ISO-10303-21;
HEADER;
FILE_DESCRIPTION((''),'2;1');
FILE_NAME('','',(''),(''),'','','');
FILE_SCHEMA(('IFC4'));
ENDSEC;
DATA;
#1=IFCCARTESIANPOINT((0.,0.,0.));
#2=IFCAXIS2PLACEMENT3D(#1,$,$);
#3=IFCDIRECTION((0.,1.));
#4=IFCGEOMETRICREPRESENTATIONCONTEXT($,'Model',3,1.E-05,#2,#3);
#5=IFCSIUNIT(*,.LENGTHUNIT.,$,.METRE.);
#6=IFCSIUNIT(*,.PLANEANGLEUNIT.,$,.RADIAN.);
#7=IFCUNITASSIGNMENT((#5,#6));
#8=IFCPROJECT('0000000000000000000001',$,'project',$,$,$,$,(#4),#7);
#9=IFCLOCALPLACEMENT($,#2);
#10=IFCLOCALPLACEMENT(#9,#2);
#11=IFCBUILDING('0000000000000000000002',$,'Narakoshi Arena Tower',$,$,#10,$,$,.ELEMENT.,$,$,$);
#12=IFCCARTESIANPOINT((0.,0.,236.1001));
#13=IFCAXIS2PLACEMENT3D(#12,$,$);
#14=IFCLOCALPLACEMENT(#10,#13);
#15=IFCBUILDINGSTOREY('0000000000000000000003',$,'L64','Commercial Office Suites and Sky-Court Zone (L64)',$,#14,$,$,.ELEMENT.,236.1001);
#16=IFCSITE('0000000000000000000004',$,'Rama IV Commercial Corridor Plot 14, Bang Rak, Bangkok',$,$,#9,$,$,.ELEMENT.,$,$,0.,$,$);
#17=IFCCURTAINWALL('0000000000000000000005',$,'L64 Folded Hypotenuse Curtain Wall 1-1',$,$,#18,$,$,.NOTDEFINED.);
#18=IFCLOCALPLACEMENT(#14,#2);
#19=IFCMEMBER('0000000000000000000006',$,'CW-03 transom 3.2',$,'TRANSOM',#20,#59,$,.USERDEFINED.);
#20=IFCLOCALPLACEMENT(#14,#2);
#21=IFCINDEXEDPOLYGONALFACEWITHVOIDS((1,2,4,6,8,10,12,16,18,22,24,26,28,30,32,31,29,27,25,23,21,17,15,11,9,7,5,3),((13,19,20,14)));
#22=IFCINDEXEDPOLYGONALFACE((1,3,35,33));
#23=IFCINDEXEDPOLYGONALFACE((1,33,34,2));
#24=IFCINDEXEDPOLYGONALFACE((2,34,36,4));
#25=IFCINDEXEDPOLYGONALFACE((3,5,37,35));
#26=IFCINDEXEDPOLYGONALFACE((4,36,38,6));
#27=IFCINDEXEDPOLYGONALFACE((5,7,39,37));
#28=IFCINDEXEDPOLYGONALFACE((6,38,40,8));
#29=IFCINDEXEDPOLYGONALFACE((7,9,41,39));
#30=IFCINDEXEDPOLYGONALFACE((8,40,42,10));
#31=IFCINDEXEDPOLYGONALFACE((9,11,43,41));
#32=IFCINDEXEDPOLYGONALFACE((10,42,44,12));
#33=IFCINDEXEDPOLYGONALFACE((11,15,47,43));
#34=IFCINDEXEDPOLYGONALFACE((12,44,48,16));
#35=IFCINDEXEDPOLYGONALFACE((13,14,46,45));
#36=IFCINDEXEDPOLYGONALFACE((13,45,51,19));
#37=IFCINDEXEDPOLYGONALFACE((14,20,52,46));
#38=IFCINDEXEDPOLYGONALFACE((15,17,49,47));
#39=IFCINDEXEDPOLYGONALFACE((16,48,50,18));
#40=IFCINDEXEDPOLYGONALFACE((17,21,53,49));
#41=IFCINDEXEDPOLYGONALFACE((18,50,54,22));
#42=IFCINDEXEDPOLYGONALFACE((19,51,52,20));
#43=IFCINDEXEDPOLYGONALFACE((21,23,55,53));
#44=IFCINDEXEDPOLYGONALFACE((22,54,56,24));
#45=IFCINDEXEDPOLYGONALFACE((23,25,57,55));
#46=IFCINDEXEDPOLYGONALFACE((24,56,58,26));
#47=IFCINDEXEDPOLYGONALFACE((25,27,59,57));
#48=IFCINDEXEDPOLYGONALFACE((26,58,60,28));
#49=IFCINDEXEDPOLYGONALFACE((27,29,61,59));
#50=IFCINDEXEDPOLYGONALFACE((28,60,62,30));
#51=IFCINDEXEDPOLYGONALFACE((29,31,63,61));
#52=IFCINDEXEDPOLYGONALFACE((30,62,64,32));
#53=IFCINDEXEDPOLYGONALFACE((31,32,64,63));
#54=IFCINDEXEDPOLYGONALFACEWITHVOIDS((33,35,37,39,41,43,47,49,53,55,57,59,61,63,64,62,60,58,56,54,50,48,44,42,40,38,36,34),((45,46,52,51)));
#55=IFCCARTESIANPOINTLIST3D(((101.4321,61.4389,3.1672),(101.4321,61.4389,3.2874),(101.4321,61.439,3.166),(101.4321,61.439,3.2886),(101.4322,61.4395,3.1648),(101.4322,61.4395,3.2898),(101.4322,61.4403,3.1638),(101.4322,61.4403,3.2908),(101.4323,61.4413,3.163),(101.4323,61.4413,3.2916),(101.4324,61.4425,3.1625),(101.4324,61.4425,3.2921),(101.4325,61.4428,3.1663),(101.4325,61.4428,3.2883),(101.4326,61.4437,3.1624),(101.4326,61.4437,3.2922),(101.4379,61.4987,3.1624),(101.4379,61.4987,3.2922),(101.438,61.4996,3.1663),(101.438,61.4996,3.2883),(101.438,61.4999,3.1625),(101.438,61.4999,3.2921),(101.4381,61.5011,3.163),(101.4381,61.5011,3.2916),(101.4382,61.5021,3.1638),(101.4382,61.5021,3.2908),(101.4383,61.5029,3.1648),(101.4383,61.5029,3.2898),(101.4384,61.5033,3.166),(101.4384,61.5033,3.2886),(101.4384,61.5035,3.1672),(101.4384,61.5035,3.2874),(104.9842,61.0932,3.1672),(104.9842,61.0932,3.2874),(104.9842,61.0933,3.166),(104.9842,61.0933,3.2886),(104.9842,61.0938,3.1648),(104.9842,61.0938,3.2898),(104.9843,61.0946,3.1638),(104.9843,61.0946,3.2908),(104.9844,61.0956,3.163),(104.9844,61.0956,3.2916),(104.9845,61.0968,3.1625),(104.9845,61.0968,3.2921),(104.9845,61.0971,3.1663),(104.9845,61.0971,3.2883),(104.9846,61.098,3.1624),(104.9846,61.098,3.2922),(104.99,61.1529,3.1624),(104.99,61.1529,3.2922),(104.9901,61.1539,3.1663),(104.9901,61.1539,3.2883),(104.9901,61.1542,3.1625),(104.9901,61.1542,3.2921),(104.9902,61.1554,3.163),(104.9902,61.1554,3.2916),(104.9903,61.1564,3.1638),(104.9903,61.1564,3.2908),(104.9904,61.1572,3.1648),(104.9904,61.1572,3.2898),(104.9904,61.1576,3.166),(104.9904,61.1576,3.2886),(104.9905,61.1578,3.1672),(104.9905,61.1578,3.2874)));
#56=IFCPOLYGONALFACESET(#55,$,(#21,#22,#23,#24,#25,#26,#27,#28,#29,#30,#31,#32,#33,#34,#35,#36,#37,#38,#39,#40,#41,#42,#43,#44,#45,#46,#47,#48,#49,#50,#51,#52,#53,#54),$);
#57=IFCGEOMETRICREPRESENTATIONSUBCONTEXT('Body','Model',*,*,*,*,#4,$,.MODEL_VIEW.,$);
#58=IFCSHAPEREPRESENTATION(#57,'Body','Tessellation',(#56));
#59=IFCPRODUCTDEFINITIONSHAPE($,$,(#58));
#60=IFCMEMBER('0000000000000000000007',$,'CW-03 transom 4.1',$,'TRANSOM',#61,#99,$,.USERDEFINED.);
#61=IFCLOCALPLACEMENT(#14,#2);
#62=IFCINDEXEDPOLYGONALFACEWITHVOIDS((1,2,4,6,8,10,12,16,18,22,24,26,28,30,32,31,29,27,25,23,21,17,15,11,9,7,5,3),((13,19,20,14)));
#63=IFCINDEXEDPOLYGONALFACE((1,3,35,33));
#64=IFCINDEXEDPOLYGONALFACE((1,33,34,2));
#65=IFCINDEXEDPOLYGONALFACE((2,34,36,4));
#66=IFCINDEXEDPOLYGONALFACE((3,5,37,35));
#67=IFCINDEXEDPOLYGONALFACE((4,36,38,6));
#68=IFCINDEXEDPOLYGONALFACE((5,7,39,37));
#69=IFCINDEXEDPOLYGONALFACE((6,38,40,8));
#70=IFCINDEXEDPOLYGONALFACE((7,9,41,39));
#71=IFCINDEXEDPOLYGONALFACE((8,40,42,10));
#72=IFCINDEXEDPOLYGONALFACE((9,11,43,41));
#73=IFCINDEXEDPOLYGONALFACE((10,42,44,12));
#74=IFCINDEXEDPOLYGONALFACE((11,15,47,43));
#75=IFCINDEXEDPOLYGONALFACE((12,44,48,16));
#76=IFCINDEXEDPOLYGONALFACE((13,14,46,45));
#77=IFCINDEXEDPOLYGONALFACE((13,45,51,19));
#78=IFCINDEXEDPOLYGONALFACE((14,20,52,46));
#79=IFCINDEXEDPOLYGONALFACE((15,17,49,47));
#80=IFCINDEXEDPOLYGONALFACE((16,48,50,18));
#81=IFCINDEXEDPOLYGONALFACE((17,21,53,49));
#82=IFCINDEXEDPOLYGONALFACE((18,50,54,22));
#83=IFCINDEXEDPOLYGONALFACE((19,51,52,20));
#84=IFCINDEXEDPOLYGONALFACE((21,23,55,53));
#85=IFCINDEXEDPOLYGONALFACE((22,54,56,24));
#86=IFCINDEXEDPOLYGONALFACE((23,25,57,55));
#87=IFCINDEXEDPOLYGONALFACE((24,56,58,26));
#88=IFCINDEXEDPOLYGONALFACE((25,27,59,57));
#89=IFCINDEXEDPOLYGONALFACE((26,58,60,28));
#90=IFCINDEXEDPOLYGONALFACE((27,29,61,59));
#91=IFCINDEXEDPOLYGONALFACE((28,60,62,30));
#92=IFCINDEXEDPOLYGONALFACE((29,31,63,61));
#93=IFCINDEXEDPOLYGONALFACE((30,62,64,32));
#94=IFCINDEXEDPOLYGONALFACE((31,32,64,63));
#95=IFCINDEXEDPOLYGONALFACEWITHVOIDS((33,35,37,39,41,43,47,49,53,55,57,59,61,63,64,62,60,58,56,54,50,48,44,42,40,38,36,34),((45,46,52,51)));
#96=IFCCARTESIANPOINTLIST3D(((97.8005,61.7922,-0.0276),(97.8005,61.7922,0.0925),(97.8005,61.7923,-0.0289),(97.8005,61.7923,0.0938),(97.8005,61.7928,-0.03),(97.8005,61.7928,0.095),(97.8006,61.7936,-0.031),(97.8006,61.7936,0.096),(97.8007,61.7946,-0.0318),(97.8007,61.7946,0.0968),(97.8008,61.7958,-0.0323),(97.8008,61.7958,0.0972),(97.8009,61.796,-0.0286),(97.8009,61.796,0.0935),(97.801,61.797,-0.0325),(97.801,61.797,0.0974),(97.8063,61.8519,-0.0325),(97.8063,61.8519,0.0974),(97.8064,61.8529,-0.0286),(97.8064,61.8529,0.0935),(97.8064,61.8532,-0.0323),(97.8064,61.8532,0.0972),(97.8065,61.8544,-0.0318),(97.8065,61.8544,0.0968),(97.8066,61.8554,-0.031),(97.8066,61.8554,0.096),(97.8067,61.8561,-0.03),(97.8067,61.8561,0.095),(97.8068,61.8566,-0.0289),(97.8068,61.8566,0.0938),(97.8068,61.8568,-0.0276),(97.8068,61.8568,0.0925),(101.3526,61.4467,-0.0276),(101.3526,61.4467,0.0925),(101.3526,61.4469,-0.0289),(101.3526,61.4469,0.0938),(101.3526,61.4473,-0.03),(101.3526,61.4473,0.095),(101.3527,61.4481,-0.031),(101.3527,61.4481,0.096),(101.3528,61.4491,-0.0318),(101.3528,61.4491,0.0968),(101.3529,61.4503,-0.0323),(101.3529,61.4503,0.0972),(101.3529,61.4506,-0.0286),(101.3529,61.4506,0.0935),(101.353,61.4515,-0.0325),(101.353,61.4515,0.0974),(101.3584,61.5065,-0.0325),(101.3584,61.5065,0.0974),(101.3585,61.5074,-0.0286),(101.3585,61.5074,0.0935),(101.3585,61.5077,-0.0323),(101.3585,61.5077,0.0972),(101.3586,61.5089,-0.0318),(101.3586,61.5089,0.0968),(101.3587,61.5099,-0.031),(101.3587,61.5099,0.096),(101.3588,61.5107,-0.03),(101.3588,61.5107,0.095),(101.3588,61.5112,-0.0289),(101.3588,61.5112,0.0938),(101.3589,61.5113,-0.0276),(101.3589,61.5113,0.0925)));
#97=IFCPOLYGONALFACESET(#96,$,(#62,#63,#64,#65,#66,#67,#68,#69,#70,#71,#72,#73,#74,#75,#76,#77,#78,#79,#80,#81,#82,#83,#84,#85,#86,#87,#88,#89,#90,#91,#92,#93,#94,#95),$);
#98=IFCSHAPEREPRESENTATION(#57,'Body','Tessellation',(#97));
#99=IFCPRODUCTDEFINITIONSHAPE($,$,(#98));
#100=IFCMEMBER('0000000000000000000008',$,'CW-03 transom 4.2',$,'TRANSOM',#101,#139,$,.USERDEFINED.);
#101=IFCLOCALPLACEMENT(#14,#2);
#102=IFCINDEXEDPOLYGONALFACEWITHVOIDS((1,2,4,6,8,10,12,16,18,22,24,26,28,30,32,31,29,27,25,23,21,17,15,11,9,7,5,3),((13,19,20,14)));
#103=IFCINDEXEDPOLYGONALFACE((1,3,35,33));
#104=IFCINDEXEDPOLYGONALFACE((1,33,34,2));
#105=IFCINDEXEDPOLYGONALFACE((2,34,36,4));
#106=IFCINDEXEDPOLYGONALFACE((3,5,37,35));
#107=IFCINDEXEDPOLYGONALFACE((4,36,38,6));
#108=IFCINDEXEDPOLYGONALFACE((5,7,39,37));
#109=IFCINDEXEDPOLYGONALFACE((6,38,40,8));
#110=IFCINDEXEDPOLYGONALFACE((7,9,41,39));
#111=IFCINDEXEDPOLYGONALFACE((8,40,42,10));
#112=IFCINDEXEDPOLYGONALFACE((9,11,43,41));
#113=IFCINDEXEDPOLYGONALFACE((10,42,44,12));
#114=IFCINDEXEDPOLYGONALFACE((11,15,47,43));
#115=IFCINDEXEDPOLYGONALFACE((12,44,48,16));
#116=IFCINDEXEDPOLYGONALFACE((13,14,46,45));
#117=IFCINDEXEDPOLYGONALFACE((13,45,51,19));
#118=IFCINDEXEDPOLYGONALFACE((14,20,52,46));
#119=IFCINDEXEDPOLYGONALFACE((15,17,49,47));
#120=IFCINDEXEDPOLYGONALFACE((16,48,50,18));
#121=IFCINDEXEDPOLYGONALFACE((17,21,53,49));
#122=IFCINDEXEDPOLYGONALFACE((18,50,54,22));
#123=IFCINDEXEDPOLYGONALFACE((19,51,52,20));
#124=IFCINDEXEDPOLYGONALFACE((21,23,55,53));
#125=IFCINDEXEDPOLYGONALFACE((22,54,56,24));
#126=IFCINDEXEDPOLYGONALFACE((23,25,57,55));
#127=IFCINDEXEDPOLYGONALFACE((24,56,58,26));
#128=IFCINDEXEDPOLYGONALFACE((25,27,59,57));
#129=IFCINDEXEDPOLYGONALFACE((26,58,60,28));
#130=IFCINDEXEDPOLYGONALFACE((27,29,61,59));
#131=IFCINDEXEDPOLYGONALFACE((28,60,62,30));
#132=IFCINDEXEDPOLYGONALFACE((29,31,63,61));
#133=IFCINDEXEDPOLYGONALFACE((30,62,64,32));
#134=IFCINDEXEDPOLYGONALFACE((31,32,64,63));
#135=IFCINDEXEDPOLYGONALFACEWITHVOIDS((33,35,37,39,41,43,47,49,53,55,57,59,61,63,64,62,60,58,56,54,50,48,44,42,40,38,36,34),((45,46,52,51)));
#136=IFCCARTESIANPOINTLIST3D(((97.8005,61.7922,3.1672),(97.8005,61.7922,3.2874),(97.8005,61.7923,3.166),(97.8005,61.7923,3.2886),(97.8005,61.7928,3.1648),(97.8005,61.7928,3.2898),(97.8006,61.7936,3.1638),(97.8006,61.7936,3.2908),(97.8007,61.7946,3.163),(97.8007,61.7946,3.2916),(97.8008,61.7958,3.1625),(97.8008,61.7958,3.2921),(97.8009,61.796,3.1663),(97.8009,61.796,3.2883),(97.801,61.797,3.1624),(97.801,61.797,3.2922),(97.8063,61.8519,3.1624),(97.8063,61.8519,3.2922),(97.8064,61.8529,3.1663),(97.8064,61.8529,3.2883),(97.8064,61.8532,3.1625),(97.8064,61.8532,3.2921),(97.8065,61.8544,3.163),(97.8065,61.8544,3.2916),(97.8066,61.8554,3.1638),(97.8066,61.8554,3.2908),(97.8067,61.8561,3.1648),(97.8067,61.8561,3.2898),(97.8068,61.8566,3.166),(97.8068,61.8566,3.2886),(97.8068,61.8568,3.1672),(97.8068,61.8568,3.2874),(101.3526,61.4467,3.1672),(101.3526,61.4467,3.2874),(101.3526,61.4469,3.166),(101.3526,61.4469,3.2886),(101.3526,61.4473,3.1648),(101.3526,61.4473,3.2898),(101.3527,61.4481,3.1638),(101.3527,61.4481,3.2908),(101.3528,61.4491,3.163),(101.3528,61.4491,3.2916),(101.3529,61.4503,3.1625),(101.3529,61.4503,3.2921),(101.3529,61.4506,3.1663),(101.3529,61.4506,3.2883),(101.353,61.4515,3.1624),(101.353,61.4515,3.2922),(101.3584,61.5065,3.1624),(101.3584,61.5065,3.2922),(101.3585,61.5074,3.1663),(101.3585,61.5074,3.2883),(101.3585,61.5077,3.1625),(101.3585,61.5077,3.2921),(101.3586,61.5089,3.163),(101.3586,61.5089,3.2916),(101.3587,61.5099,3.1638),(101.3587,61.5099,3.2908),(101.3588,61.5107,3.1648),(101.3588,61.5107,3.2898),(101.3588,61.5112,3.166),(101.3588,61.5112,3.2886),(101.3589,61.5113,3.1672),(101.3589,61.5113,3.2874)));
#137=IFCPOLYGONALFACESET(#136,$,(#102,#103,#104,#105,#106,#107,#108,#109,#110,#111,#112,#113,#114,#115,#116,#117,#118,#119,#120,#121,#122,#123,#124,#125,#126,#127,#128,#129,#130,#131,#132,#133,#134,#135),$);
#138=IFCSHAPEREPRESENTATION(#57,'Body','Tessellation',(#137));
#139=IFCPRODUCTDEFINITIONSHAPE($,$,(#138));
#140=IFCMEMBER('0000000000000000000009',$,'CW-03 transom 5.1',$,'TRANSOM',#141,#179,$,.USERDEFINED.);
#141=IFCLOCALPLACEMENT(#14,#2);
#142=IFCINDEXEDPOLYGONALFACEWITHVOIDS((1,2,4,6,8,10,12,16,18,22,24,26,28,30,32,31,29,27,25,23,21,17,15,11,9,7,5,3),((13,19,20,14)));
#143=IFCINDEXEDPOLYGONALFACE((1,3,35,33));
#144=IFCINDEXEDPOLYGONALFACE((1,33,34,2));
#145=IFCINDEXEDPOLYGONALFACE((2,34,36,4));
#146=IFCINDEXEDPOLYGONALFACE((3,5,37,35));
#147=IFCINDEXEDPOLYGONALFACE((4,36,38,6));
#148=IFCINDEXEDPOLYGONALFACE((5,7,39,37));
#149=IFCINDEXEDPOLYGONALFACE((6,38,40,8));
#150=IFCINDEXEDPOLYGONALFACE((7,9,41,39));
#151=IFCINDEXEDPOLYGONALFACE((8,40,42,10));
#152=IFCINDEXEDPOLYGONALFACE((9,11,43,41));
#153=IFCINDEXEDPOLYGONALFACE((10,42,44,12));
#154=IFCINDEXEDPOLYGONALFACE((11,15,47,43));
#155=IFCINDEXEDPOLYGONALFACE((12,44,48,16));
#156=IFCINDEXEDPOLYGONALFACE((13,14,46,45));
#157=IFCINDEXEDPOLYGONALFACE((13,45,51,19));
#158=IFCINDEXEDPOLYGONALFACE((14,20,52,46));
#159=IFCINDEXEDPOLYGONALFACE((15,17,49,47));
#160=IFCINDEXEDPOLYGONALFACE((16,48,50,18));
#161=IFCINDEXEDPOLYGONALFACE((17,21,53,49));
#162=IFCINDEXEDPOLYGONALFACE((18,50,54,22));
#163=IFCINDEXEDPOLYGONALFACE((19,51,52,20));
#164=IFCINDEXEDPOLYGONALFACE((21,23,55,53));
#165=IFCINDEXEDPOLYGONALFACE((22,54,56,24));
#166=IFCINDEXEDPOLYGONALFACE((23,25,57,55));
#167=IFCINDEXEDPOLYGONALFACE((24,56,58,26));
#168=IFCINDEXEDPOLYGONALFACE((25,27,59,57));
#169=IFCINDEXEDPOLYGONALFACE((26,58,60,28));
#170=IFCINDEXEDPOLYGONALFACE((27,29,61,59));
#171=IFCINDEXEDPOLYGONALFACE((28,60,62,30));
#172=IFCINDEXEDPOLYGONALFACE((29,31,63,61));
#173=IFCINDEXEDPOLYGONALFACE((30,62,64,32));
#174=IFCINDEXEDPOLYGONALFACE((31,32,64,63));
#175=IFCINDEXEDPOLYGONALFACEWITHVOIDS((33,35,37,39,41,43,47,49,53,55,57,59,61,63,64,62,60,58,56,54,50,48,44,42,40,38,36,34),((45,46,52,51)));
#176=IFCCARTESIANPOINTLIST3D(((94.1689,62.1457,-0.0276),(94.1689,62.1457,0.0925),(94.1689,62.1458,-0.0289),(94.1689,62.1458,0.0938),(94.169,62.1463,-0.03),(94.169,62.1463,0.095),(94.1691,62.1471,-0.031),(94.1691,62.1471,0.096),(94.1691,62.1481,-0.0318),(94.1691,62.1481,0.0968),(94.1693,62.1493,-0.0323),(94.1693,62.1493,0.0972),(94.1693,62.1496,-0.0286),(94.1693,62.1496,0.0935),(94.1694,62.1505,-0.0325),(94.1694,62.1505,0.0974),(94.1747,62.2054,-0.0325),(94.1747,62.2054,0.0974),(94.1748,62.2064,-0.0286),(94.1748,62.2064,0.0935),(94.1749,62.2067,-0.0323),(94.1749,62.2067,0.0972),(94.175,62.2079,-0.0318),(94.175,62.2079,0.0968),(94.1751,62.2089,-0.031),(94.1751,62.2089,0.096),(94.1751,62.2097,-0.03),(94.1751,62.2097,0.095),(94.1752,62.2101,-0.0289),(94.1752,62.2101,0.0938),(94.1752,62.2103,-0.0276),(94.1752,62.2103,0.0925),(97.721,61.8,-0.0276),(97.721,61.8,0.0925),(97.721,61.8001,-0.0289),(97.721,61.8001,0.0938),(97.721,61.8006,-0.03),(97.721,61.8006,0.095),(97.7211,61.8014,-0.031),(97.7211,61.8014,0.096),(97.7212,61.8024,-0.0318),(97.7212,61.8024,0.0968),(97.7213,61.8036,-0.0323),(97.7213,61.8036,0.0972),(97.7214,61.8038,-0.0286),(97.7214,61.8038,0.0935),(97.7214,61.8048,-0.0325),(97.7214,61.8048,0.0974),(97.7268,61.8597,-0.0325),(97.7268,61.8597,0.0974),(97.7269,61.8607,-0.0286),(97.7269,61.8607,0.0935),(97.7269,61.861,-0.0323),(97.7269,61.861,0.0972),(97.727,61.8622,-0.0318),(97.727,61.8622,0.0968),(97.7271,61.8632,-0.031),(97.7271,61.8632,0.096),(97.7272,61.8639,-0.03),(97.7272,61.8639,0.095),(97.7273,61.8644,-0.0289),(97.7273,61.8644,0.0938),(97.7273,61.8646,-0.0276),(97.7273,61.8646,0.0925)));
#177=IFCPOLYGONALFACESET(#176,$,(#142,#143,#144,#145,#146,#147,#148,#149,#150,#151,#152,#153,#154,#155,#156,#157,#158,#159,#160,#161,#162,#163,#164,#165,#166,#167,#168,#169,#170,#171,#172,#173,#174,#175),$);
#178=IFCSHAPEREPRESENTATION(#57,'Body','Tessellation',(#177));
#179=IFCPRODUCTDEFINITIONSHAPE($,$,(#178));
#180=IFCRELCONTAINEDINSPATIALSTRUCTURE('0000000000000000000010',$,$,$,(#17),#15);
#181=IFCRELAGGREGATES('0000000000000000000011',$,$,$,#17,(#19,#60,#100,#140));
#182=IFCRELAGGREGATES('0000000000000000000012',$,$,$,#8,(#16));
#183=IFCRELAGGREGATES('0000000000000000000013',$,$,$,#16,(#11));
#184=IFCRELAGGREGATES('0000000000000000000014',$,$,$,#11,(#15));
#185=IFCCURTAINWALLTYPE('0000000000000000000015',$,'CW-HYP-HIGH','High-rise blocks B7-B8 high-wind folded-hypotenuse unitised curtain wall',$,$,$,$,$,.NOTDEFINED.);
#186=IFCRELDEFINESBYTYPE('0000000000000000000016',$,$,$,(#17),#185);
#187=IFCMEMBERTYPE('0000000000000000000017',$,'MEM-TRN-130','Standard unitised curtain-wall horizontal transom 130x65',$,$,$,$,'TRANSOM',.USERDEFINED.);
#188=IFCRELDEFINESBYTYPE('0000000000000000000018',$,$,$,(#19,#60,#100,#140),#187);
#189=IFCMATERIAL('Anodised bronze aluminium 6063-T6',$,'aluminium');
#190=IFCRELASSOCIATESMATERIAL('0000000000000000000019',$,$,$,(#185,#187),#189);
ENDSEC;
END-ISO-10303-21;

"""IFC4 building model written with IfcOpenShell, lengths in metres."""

from ifc_helpers import new_model, si_unit, direction, frame, origin, origin_2d, place, context, subcontext, project, spatial, hollow_rectangle, extrude, material, material_profile, profile_set, type_object, element, aggregate, save


model = new_model("IFC4")

# Units and contexts
model_context = context("Model", 3, precision=1e-05, world=origin(), true_north=direction((0.0, 1.0)))
body_context = subcontext(model_context, "Body", "Model", "MODEL_VIEW")
ifc_project = project(units=[si_unit("LENGTHUNIT", "METRE"), si_unit("PLANEANGLEUNIT", "RADIAN")], contexts=[model_context])

# Site, building, storey
site_placement = place(None, origin())
site = spatial("IfcSite", under=ifc_project, at=site_placement, Name="Rama IV Commercial Corridor Plot 14, Bang Rak, Bangkok", CompositionType="ELEMENT", RefElevation=0.0)
building_placement = place(site_placement, origin())
building = spatial("IfcBuilding", under=site, at=building_placement, Name="Narakoshi Arena Tower", CompositionType="ELEMENT")
storey_placement = place(building_placement, frame((0.0, 0.0, 236.1001)))
storey = spatial("IfcBuildingStorey", under=building, at=storey_placement, Name="L64", Description="Commercial Office Suites and Sky-Court Zone (L64)", CompositionType="ELEMENT", Elevation=236.1001)

# Curtain wall, members
ifc_material_1 = material(Name="Anodised bronze aluminium 6063-T6", Category="aluminium")
curtain_wall_type = type_object("IfcCurtainWallType", Name="CW-HYP-HIGH", Description="High-rise blocks B7-B8 high-wind folded-hypotenuse unitised curtain wall", PredefinedType="NOTDEFINED", material=ifc_material_1)
curtain_wall_placement = place(storey_placement, origin())
curtain_wall = element("IfcCurtainWall", 1, at=curtain_wall_placement, inside=storey, type_object=curtain_wall_type, Name="L64 Folded Hypotenuse Curtain Wall 1-1", PredefinedType="NOTDEFINED")
ifc_material_profile_1 = material_profile(ifc_material_1, hollow_rectangle(XDim=0.0649, YDim=0.1299, WallThickness=0.0039, OuterFilletRadius=0.0049, at=origin_2d()), Name="TRN130x65x4")
ifc_profile_set_1 = profile_set([ifc_material_profile_1], Name="Anodised bronze aluminium 6063-T6")
member_type_1 = type_object("IfcMemberType", Name="MEM-TRN-130", Description="Standard unitised curtain-wall horizontal transom 130x65", ElementType="TRANSOM", PredefinedType="USERDEFINED", material=ifc_profile_set_1)
member_1_placement = place(storey_placement, frame((104.9873, 61.1255, 3.2273), z_axis=(-0.995297, 0.096869, 0.0), x_axis=(-0.096869, -0.995297, 0.0)))
member_1 = element("IfcMember", 2, at=member_1_placement, type_object=member_type_1, Name="CW-03 transom 3.2", ObjectType="TRANSOM", PredefinedType="USERDEFINED", context=body_context, shape_type="SweptSolid", body=[
    extrude(hollow_rectangle(XDim=0.0649, YDim=0.1299, WallThickness=0.0039, OuterFilletRadius=0.0049, at=origin_2d()), origin(), (0.0, 0.0, 1.0), 3.5688),
])
member_2_placement = place(storey_placement, frame((101.3557, 61.479, 0.0325), z_axis=(-0.995304, 0.096801, 0.0), x_axis=(-0.096801, -0.995304, 0.0)))
member_2 = element("IfcMember", 3, at=member_2_placement, type_object=member_type_1, Name="CW-03 transom 4.1", ObjectType="TRANSOM", PredefinedType="USERDEFINED", context=body_context, shape_type="SweptSolid", body=[
    extrude(hollow_rectangle(XDim=0.0649, YDim=0.1299, WallThickness=0.0039, OuterFilletRadius=0.0049, at=origin_2d()), origin(), (0.0, 0.0, 1.0), 3.5688),
])
member_3_placement = place(storey_placement, frame((101.3557, 61.479, 3.2273), z_axis=(-0.995304, 0.096801, 0.0), x_axis=(-0.096801, -0.995304, 0.0)))
member_3 = element("IfcMember", 4, at=member_3_placement, type_object=member_type_1, Name="CW-03 transom 4.2", ObjectType="TRANSOM", PredefinedType="USERDEFINED", context=body_context, shape_type="SweptSolid", body=[
    extrude(hollow_rectangle(XDim=0.0649, YDim=0.1299, WallThickness=0.0039, OuterFilletRadius=0.0049, at=origin_2d()), origin(), (0.0, 0.0, 1.0), 3.5688),
])
member_4_placement = place(storey_placement, frame((97.7241, 61.8323, 0.0325), z_axis=(-0.995297, 0.096869, 0.0), x_axis=(-0.096869, -0.995297, 0.0)))
member_4 = element("IfcMember", 5, at=member_4_placement, type_object=member_type_1, Name="CW-03 transom 5.1", ObjectType="TRANSOM", PredefinedType="USERDEFINED", context=body_context, shape_type="SweptSolid", body=[
    extrude(hollow_rectangle(XDim=0.0649, YDim=0.1299, WallThickness=0.0039, OuterFilletRadius=0.0049, at=origin_2d()), origin(), (0.0, 0.0, 1.0), 3.5688),
])
aggregate(curtain_wall, [member_1, member_2, member_3, member_4])

save(model, "model.ifc")
